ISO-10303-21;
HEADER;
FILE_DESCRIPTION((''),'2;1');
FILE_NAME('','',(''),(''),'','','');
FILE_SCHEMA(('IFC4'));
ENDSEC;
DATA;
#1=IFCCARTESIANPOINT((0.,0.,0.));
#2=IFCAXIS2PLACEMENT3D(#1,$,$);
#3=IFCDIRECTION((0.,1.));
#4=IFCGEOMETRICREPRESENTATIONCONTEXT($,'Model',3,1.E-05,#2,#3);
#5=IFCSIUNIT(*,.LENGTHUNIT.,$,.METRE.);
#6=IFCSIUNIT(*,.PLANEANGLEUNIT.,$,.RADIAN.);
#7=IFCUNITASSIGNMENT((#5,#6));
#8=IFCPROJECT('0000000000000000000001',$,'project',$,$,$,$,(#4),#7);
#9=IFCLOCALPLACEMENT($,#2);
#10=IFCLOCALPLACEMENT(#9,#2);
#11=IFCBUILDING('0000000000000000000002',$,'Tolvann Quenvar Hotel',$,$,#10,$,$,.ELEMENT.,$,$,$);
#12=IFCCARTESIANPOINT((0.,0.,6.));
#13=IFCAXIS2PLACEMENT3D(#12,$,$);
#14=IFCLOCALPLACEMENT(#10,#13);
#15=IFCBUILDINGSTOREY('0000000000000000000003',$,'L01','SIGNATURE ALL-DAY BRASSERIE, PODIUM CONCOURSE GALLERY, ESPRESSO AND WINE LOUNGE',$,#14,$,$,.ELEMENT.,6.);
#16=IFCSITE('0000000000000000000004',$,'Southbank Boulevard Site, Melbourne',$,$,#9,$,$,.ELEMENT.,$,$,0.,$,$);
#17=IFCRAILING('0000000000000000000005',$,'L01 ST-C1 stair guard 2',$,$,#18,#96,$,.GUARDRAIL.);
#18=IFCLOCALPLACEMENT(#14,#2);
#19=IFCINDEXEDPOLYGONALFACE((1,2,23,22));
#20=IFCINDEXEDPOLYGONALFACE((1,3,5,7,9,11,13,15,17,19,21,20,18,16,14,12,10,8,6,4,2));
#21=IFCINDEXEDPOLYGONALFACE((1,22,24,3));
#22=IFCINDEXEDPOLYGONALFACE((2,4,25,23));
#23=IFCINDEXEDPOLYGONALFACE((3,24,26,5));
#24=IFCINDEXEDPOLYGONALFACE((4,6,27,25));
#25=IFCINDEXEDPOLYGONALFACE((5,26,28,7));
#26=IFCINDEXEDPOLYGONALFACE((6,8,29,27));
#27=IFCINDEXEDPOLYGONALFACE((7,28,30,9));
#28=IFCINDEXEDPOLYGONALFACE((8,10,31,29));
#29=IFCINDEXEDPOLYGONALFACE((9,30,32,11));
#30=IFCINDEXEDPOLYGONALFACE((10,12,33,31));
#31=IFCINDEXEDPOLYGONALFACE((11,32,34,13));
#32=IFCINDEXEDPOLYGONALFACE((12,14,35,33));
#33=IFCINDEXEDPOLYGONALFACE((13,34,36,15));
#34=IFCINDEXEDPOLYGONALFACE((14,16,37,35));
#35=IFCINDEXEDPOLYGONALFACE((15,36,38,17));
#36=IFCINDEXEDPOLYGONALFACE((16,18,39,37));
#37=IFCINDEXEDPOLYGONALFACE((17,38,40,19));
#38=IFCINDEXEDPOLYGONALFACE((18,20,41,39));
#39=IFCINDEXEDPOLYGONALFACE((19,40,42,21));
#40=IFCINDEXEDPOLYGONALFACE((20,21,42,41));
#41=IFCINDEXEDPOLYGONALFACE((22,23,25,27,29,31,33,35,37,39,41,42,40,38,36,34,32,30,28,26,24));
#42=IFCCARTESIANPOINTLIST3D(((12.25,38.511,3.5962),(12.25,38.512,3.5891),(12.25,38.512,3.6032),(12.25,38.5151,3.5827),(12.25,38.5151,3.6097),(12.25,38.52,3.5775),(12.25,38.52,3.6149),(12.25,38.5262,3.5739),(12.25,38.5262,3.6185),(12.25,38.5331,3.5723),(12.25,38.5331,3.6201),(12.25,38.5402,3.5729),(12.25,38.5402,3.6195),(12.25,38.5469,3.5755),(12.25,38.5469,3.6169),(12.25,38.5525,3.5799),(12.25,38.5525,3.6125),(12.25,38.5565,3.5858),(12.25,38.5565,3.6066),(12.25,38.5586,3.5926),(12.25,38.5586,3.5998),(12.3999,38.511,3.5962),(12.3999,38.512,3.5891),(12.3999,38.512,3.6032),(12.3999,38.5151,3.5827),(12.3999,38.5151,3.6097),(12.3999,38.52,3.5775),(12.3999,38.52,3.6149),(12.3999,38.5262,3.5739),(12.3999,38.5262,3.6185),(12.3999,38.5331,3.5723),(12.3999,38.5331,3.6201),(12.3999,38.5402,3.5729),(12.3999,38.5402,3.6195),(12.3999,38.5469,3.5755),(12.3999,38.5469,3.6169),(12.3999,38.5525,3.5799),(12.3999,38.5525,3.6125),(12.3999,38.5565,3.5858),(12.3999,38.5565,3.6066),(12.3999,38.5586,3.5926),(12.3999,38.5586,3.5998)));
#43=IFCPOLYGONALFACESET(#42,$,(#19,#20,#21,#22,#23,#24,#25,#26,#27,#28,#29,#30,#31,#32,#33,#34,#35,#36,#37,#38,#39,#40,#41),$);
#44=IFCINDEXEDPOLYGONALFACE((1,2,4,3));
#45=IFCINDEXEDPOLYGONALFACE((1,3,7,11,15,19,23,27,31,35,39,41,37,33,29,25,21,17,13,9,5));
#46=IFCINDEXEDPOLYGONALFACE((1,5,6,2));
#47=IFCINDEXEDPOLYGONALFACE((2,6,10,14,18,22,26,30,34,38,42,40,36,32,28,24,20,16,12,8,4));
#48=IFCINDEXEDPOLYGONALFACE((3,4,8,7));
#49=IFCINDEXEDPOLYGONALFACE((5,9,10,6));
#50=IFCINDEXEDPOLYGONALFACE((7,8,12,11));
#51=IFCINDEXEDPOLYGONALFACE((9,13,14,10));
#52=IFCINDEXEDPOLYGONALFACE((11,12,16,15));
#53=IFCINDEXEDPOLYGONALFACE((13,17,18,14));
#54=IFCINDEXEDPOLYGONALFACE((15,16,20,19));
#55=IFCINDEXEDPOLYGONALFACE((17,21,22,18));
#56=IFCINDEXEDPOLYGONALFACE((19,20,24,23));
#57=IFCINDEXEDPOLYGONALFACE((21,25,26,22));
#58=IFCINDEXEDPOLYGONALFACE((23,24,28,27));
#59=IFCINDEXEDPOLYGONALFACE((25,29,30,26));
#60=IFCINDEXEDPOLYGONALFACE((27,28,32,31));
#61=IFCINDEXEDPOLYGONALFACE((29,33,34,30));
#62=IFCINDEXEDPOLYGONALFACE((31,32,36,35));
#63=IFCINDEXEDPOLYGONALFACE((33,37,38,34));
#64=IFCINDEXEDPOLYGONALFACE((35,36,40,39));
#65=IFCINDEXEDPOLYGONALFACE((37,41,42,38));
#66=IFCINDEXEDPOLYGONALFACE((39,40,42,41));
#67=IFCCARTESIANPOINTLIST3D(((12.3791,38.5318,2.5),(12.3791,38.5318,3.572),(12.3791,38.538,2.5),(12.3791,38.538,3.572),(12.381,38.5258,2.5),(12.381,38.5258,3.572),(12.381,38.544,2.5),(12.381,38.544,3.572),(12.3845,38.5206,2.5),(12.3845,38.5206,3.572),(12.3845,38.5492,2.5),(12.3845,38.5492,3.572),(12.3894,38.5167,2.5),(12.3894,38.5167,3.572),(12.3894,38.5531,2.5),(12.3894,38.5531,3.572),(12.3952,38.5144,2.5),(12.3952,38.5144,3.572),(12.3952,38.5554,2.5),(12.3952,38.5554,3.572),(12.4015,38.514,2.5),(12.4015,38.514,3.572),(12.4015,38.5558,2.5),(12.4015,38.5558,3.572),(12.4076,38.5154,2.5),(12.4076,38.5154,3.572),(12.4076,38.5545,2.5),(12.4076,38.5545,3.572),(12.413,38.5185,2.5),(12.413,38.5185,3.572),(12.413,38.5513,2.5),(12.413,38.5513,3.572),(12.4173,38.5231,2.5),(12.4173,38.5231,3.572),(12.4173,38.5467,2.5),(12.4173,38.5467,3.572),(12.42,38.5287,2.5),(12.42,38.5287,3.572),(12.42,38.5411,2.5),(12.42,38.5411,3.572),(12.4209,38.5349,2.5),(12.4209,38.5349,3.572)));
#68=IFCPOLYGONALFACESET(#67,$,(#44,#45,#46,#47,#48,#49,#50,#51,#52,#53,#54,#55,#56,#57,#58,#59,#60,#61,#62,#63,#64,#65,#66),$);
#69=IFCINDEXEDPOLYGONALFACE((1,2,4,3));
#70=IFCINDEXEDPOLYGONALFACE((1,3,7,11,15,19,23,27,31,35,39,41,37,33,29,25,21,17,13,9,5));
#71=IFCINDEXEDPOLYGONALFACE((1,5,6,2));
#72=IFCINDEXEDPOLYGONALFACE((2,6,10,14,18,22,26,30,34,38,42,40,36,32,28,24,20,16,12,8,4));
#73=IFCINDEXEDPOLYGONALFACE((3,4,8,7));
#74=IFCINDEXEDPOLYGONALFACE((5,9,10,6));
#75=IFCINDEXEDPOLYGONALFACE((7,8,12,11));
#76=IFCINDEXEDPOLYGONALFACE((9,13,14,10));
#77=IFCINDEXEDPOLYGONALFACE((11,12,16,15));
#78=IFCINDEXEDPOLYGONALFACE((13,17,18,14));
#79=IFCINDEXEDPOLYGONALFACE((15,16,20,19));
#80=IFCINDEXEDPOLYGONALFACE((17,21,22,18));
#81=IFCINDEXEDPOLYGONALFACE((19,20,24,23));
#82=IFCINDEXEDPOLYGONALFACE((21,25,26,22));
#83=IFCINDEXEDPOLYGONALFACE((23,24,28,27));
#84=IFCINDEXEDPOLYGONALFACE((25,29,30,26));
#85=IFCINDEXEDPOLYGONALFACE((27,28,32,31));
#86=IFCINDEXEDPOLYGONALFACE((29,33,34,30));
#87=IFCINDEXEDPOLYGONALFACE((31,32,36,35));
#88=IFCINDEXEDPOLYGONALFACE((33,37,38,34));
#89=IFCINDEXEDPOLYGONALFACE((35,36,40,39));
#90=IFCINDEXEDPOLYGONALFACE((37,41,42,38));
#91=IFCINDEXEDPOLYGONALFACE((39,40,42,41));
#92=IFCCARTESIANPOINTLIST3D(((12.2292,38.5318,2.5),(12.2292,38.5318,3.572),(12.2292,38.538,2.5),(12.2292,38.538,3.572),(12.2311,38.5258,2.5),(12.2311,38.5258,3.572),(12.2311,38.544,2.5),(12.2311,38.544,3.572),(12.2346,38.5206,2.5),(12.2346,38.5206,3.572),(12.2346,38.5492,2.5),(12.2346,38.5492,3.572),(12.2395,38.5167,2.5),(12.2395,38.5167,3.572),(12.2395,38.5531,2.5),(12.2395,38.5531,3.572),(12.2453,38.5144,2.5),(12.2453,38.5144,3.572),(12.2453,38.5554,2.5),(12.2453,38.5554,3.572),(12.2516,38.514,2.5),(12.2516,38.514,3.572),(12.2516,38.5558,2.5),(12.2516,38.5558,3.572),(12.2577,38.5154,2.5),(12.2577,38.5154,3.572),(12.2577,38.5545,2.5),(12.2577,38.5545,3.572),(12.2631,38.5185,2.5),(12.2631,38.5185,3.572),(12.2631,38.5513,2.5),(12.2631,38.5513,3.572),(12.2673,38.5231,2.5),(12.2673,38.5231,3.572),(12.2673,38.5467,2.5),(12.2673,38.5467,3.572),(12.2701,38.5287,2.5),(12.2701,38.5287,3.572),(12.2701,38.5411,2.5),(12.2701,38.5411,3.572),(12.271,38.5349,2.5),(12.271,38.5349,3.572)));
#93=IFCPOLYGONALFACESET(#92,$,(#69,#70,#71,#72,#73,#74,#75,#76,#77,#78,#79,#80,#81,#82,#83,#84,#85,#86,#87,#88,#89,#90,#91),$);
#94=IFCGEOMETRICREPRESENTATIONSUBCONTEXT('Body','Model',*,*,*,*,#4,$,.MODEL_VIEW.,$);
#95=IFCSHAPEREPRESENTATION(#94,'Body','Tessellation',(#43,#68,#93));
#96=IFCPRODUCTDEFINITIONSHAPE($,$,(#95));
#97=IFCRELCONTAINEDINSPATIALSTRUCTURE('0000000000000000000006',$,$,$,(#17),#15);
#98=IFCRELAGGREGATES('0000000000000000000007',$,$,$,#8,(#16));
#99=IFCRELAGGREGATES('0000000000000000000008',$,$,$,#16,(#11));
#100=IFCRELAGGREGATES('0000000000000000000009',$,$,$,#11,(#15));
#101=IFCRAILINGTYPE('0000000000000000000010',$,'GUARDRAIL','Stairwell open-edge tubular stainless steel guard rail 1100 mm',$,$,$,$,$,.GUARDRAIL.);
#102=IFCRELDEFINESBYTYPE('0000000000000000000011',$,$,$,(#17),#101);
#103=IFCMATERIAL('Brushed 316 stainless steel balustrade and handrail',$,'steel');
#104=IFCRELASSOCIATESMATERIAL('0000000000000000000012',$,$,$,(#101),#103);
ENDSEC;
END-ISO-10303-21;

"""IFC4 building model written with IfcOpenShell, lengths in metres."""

from ifc_helpers import new_model, si_unit, direction, frame, origin, origin_2d, place, context, subcontext, project, spatial, circle, extrude, material, type_object, element, save


model = new_model("IFC4")

# Units and contexts
model_context = context("Model", 3, precision=1e-05, world=origin(), true_north=direction((0.0, 1.0)))
body_context = subcontext(model_context, "Body", "Model", "MODEL_VIEW")
ifc_project = project(units=[si_unit("LENGTHUNIT", "METRE"), si_unit("PLANEANGLEUNIT", "RADIAN")], contexts=[model_context])

# Site, building, storey
site_placement = place(None, origin())
site = spatial("IfcSite", under=ifc_project, at=site_placement, Name="Southbank Boulevard Site, Melbourne", CompositionType="ELEMENT", RefElevation=0.0)
building_placement = place(site_placement, origin())
building = spatial("IfcBuilding", under=site, at=building_placement, Name="Tolvann Quenvar Hotel", CompositionType="ELEMENT")
storey_placement = place(building_placement, frame((0.0, 0.0, 6.0)))
storey = spatial("IfcBuildingStorey", under=building, at=storey_placement, Name="L01", Description="SIGNATURE ALL-DAY BRASSERIE, PODIUM CONCOURSE GALLERY, ESPRESSO AND WINE LOUNGE", CompositionType="ELEMENT", Elevation=6.0)

# Railing
ifc_material_1 = material(Name="Brushed 316 stainless steel balustrade and handrail", Category="steel")
railing_type_1 = type_object("IfcRailingType", Name="GUARDRAIL", Description="Stairwell open-edge tubular stainless steel guard rail 1100 mm", PredefinedType="GUARDRAIL", material=ifc_material_1)
railing_1_placement = place(storey_placement, frame((12.3999, 38.5349, 2.5)))
element("IfcRailing", 1, at=railing_1_placement, inside=storey, type_object=railing_type_1, Name="L01 ST-C1 stair guard 2", PredefinedType="GUARDRAIL", context=body_context, shape_type="SweptSolid", body=[
    extrude(circle(Radius=0.0239, at=origin_2d()), frame((0.0, 0.0, 1.0962), z_axis=(-1.0, 0.0, 0.0), x_axis=(0.0, -1.0, 0.0)), (0.0, 0.0, 1.0), 0.1499),
    extrude(circle(Radius=0.021, at=origin_2d()), origin(), (0.0, 0.0, 1.0), 1.072),
    extrude(circle(Radius=0.021, at=origin_2d()), frame((-0.1499, 0.0, 0.0)), (0.0, 0.0, 1.0), 1.072),
])

save(model, "model.ifc")
